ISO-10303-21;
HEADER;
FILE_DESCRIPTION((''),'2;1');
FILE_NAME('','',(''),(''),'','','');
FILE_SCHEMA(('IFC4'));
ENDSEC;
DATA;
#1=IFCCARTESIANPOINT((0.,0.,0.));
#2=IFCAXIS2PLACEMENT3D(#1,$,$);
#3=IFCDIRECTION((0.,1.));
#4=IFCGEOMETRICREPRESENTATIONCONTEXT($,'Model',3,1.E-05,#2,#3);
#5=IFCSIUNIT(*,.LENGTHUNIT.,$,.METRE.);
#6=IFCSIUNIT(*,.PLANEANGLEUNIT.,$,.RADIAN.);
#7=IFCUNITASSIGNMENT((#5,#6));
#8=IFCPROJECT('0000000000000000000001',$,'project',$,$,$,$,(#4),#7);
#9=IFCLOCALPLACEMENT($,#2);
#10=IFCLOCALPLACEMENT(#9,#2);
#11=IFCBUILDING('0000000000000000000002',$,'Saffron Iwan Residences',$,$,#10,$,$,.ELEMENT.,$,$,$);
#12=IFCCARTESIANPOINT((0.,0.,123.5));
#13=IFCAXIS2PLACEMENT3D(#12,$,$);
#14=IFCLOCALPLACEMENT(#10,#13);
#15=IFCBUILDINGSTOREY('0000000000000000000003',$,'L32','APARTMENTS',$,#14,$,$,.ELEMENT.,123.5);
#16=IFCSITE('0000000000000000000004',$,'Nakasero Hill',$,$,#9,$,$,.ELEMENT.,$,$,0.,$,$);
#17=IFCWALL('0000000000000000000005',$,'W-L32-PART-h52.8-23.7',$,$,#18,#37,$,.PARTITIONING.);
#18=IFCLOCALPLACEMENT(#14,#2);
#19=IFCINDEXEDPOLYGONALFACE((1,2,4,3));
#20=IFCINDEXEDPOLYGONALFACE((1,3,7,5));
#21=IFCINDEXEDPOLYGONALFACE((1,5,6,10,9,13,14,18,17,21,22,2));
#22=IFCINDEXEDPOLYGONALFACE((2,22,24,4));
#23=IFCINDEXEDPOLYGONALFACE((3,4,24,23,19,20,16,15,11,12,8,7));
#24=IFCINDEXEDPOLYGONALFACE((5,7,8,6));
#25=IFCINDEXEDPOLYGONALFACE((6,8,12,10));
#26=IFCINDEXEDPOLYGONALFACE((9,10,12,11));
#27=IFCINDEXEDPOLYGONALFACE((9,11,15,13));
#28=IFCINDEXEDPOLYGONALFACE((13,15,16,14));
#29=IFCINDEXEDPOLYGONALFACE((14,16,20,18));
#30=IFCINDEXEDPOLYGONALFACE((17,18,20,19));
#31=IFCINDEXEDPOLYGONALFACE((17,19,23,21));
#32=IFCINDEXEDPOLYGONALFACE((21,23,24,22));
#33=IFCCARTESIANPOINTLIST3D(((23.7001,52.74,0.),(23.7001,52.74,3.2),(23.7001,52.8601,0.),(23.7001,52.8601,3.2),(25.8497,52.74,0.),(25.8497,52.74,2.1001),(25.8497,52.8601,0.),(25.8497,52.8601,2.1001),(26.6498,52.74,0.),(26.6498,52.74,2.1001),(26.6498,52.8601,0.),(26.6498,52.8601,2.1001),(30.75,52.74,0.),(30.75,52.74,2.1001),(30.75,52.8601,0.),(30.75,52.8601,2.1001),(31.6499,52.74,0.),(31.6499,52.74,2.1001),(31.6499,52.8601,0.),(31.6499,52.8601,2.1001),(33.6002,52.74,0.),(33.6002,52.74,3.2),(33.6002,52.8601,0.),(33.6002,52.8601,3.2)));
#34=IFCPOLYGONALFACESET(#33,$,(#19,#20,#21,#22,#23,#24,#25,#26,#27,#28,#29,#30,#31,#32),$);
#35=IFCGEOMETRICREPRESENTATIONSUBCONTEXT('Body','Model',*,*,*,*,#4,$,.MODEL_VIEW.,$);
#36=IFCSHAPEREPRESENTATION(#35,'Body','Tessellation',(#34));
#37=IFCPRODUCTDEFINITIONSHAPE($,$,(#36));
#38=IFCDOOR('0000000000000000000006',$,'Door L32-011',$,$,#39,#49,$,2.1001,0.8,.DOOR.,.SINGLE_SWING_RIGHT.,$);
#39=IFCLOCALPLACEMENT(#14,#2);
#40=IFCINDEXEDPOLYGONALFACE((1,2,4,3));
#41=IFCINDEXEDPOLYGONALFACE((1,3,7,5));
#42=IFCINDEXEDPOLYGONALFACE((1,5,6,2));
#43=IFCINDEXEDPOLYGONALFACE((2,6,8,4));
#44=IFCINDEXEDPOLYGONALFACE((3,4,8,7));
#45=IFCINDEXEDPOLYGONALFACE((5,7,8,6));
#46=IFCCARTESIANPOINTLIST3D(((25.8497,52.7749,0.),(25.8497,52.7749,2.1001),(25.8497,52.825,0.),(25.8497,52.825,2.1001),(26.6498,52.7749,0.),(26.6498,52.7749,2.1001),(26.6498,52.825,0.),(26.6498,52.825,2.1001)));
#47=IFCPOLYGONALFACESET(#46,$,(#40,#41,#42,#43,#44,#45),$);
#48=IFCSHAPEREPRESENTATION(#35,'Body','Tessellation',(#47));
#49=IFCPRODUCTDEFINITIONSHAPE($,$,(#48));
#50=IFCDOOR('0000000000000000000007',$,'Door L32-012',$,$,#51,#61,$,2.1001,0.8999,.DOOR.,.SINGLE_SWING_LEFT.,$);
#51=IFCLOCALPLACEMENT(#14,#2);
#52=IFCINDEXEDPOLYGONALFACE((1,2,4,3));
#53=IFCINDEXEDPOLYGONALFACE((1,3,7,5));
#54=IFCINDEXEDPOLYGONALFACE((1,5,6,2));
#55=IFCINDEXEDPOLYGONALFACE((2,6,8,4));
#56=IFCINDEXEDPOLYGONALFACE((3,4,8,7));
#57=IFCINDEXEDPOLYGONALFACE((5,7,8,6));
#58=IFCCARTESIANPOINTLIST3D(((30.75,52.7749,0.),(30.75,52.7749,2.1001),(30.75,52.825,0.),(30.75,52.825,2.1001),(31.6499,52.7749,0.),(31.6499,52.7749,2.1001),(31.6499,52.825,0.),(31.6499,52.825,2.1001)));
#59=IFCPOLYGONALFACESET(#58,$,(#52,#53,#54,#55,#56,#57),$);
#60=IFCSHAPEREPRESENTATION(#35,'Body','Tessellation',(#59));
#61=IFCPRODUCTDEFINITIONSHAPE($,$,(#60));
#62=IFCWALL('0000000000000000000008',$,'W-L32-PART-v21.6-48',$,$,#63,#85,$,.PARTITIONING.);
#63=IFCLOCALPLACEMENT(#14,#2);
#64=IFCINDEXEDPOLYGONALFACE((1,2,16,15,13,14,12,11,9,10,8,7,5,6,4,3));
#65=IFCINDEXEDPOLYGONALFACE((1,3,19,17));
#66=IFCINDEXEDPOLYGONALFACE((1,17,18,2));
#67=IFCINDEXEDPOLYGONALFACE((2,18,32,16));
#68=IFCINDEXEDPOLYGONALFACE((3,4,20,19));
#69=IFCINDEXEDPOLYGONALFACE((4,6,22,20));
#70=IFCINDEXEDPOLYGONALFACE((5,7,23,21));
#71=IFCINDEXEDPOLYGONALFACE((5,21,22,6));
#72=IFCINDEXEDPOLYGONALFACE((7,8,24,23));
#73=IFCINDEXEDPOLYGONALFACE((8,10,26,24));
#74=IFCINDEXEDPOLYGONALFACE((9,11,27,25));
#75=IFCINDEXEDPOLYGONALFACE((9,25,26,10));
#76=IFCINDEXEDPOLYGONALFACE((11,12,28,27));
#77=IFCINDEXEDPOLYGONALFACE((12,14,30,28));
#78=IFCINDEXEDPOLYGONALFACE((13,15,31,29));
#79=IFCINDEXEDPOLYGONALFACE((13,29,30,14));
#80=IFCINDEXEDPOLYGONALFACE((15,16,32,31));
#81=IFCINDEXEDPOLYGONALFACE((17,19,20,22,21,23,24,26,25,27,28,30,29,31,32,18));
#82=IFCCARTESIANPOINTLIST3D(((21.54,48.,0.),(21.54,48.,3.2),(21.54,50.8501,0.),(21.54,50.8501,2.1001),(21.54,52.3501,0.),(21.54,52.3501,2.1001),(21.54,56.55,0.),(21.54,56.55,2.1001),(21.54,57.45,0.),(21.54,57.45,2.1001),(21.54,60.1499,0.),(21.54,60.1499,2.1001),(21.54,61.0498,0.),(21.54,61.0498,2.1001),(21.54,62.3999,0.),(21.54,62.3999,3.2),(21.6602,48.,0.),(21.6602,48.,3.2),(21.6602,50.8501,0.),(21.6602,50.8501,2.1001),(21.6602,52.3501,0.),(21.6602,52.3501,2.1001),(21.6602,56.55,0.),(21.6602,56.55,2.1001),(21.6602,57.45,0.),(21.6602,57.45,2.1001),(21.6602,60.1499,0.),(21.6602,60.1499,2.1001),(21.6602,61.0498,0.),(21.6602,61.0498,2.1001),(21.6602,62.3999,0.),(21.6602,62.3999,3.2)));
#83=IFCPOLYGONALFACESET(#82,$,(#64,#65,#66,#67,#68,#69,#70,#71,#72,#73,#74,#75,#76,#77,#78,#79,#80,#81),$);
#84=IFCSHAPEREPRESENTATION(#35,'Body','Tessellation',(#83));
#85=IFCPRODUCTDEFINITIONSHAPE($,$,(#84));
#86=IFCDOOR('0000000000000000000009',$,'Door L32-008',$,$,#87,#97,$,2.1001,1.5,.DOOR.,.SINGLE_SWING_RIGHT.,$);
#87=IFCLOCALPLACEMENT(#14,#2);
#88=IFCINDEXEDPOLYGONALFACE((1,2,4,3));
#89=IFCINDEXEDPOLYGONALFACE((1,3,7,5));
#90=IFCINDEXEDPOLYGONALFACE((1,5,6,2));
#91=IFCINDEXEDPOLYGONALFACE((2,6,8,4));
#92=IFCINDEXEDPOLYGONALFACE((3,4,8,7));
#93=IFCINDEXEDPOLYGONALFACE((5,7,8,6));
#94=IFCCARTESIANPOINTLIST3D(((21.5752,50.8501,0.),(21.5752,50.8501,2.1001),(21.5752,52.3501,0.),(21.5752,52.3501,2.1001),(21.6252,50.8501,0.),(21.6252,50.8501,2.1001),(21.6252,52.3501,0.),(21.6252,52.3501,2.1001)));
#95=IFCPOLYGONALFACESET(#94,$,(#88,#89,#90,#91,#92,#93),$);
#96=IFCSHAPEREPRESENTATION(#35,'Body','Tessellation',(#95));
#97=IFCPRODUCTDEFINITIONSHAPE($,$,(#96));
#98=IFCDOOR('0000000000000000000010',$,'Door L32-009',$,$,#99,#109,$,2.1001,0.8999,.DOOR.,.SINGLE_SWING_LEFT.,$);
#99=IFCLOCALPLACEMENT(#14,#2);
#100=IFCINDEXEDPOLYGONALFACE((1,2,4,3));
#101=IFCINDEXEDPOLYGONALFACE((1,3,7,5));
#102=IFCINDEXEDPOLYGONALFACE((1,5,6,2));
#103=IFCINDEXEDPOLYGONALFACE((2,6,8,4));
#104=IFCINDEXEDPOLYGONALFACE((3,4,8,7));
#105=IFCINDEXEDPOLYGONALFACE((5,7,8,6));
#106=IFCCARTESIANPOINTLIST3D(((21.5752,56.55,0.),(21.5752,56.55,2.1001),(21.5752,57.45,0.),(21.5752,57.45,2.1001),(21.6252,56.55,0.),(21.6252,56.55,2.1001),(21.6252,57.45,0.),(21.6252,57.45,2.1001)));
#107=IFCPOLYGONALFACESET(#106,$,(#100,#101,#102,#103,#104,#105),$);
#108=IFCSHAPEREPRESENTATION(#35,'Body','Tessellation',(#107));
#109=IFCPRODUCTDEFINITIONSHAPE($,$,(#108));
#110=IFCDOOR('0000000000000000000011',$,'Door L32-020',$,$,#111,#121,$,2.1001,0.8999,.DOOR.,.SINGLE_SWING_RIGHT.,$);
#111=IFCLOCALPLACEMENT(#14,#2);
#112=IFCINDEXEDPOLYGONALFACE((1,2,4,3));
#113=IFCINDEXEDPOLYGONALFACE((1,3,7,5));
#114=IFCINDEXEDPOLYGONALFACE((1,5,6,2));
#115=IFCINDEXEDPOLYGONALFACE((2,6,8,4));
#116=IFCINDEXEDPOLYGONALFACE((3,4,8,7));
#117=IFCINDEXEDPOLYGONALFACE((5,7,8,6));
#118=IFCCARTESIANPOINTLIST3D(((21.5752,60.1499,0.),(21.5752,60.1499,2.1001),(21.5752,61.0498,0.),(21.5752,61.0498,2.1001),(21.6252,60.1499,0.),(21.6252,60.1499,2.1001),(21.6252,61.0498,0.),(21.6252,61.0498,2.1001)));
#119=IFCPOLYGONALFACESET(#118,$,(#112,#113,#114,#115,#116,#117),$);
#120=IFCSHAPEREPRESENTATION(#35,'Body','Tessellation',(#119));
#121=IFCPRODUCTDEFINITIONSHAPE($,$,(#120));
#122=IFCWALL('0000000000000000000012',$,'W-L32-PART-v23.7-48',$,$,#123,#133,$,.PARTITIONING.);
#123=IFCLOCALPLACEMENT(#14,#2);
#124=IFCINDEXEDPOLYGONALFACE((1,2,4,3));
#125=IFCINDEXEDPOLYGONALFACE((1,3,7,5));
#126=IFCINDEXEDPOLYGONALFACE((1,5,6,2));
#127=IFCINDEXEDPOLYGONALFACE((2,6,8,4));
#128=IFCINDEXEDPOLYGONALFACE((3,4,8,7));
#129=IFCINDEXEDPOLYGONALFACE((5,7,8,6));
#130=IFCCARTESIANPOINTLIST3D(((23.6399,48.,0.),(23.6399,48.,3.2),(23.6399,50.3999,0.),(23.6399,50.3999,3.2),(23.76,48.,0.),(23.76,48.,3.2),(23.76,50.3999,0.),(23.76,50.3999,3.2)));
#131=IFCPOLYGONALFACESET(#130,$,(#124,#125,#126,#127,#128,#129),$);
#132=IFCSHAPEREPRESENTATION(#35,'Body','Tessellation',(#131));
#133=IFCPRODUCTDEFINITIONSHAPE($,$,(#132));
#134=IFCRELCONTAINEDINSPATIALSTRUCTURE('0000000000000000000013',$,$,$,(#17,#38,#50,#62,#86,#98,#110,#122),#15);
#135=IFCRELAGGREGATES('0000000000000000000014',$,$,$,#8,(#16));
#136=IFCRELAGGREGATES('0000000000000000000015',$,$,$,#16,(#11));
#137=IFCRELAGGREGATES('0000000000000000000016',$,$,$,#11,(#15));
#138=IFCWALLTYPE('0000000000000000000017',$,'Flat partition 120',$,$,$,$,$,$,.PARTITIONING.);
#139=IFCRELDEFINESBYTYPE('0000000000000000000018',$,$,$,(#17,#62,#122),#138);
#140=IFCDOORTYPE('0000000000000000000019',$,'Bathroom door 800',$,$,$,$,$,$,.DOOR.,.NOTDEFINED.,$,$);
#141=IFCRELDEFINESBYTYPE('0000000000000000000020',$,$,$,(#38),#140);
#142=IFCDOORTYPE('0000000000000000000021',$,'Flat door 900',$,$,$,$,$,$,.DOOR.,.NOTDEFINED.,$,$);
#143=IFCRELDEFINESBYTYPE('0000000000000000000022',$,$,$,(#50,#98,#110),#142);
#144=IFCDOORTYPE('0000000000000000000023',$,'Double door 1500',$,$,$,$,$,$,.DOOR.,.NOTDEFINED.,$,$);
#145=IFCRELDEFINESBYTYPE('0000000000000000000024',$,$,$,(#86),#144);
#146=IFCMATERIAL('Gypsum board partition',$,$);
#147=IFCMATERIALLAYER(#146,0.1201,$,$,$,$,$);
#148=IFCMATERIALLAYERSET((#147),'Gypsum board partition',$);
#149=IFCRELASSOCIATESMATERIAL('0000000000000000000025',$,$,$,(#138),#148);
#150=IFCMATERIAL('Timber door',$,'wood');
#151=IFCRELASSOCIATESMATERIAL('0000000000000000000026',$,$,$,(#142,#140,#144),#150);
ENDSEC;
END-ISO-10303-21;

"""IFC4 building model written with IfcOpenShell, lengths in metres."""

from ifc_helpers import new_model, si_unit, direction, frame, frame_2d, origin, place, context, subcontext, project, spatial, rectangle, extrude, material, layer, layer_set, type_object, element, fill, save


model = new_model("IFC4")

# Units and contexts
model_context = context("Model", 3, precision=1e-05, world=origin(), true_north=direction((0.0, 1.0)))
body_context = subcontext(model_context, "Body", "Model", "MODEL_VIEW")
ifc_project = project(units=[si_unit("LENGTHUNIT", "METRE"), si_unit("PLANEANGLEUNIT", "RADIAN")], contexts=[model_context])

# Site, building, storey
site_placement = place(None, origin())
site = spatial("IfcSite", under=ifc_project, at=site_placement, Name="Nakasero Hill", CompositionType="ELEMENT", RefElevation=0.0)
building_placement = place(site_placement, origin())
building = spatial("IfcBuilding", under=site, at=building_placement, Name="Saffron Iwan Residences", CompositionType="ELEMENT")
storey_placement = place(building_placement, frame((0.0, 0.0, 123.5)))
storey = spatial("IfcBuildingStorey", under=building, at=storey_placement, Name="L32", Description="APARTMENTS", CompositionType="ELEMENT", Elevation=123.5)

# Shared definitions
ifc_material_1 = material(Name="Gypsum board partition")
ifc_layer_1 = layer(ifc_material_1, 0.1201)
ifc_layer_set_1 = layer_set([ifc_layer_1], Name="Gypsum board partition")
wall_type_1 = type_object("IfcWallType", Name="Flat partition 120", PredefinedType="PARTITIONING", material=ifc_layer_set_1)

# Shared definitions
ifc_material_2 = material(Name="Timber door", Category="wood")
door_type_1 = type_object("IfcDoorType", Name="Flat door 900", OperationType="NOTDEFINED", PredefinedType="DOOR", material=ifc_material_2)

# Walls, openings, doors
wall_1_placement = place(storey_placement, frame((23.7, 52.8, 0.0), z_axis=(0.0, 0.0, 1.0), x_axis=(1.0, 0.0, 0.0)))
wall_1 = element("IfcWall", 1, at=wall_1_placement, inside=storey, type_object=wall_type_1, Name="W-L32-PART-h52.8-23.7", PredefinedType="PARTITIONING", context=body_context, shape_type="SweptSolid", body=[
    extrude(rectangle(XDim=9.9001, YDim=0.1201, at=frame_2d((4.9502, 0.0))), origin(), (0.0, 0.0, 1.0), 3.2),
])
opening_1_placement = place(wall_1_placement, frame((2.1499, 0.0, 0.0)))
opening_1 = element("IfcOpeningElement", 2, at=opening_1_placement, cuts=wall_1, PredefinedType="OPENING", context=body_context, shape_type="SweptSolid", body=[
    extrude(rectangle(XDim=0.8, YDim=2.1001, at=frame_2d((0.3999, 1.05))), frame((0.0, 0.0701, 0.0), z_axis=(0.0, -1.0, 0.0), x_axis=(1.0, 0.0, 0.0)), (0.0, 0.0, 1.0), 0.1401),
])
opening_2_placement = place(wall_1_placement, frame((7.05, 0.0, 0.0)))
opening_2 = element("IfcOpeningElement", 3, at=opening_2_placement, cuts=wall_1, PredefinedType="OPENING", context=body_context, shape_type="SweptSolid", body=[
    extrude(rectangle(XDim=0.8999, YDim=2.1001, at=frame_2d((0.45, 1.05))), frame((0.0, 0.0701, 0.0), z_axis=(0.0, -1.0, 0.0), x_axis=(1.0, 0.0, 0.0)), (0.0, 0.0, 1.0), 0.1401),
])
door_type_2 = type_object("IfcDoorType", Name="Bathroom door 800", OperationType="NOTDEFINED", PredefinedType="DOOR", material=ifc_material_2)
door_1_placement = place(opening_1_placement, origin())
door_1 = element("IfcDoor", 4, at=door_1_placement, inside=storey, type_object=door_type_2, Name="Door L32-011", OperationType="SINGLE_SWING_RIGHT", OverallHeight=2.1001, OverallWidth=0.8, PredefinedType="DOOR", context=body_context, shape_type="SweptSolid", body=[
    extrude(rectangle(XDim=0.8, YDim=2.1001, at=frame_2d((0.3999, 1.05))), frame((0.0, 0.0249, 0.0), z_axis=(0.0, -1.0, 0.0), x_axis=(1.0, 0.0, 0.0)), (0.0, 0.0, 1.0), 0.05),
])
fill(opening_1, door_1)
door_2_placement = place(opening_2_placement, origin())
door_2 = element("IfcDoor", 5, at=door_2_placement, inside=storey, type_object=door_type_1, Name="Door L32-012", OperationType="SINGLE_SWING_LEFT", OverallHeight=2.1001, OverallWidth=0.8999, PredefinedType="DOOR", context=body_context, shape_type="SweptSolid", body=[
    extrude(rectangle(XDim=0.8999, YDim=2.1001, at=frame_2d((0.45, 1.05))), frame((0.0, 0.0249, 0.0), z_axis=(0.0, -1.0, 0.0), x_axis=(1.0, 0.0, 0.0)), (0.0, 0.0, 1.0), 0.05),
])
fill(opening_2, door_2)
wall_2_placement = place(storey_placement, frame((21.6001, 48.0, 0.0), z_axis=(0.0, 0.0, 1.0), x_axis=(0.0, 1.0, 0.0)))
wall_2 = element("IfcWall", 6, at=wall_2_placement, inside=storey, type_object=wall_type_1, Name="W-L32-PART-v21.6-48", PredefinedType="PARTITIONING", context=body_context, shape_type="SweptSolid", body=[
    extrude(rectangle(XDim=14.3999, YDim=0.1201, at=frame_2d((7.2, 0.0))), origin(), (0.0, 0.0, 1.0), 3.2),
])
opening_3_placement = place(wall_2_placement, frame((2.8501, 0.0, 0.0)))
opening_3 = element("IfcOpeningElement", 7, at=opening_3_placement, cuts=wall_2, PredefinedType="OPENING", context=body_context, shape_type="SweptSolid", body=[
    extrude(rectangle(XDim=1.5, YDim=2.1001, at=frame_2d((0.75, 1.05))), frame((0.0, 0.0701, 0.0), z_axis=(0.0, -1.0, 0.0), x_axis=(1.0, 0.0, 0.0)), (0.0, 0.0, 1.0), 0.1401),
])
opening_4_placement = place(wall_2_placement, frame((8.55, 0.0, 0.0)))
opening_4 = element("IfcOpeningElement", 8, at=opening_4_placement, cuts=wall_2, PredefinedType="OPENING", context=body_context, shape_type="SweptSolid", body=[
    extrude(rectangle(XDim=0.8999, YDim=2.1001, at=frame_2d((0.45, 1.05))), frame((0.0, 0.0701, 0.0), z_axis=(0.0, -1.0, 0.0), x_axis=(1.0, 0.0, 0.0)), (0.0, 0.0, 1.0), 0.1401),
])
opening_5_placement = place(wall_2_placement, frame((12.1499, 0.0, 0.0)))
opening_5 = element("IfcOpeningElement", 9, at=opening_5_placement, cuts=wall_2, PredefinedType="OPENING", context=body_context, shape_type="SweptSolid", body=[
    extrude(rectangle(XDim=0.8999, YDim=2.1001, at=frame_2d((0.45, 1.05))), frame((0.0, 0.0701, 0.0), z_axis=(0.0, -1.0, 0.0), x_axis=(1.0, 0.0, 0.0)), (0.0, 0.0, 1.0), 0.1401),
])
door_type_3 = type_object("IfcDoorType", Name="Double door 1500", OperationType="NOTDEFINED", PredefinedType="DOOR", material=ifc_material_2)
door_3_placement = place(opening_3_placement, origin())
door_3 = element("IfcDoor", 10, at=door_3_placement, inside=storey, type_object=door_type_3, Name="Door L32-008", OperationType="SINGLE_SWING_RIGHT", OverallHeight=2.1001, OverallWidth=1.5, PredefinedType="DOOR", context=body_context, shape_type="SweptSolid", body=[
    extrude(rectangle(XDim=1.5, YDim=2.1001, at=frame_2d((0.75, 1.05))), frame((0.0, 0.0249, 0.0), z_axis=(0.0, -1.0, 0.0), x_axis=(1.0, 0.0, 0.0)), (0.0, 0.0, 1.0), 0.05),
])
fill(opening_3, door_3)
door_4_placement = place(opening_4_placement, origin())
door_4 = element("IfcDoor", 11, at=door_4_placement, inside=storey, type_object=door_type_1, Name="Door L32-009", OperationType="SINGLE_SWING_LEFT", OverallHeight=2.1001, OverallWidth=0.8999, PredefinedType="DOOR", context=body_context, shape_type="SweptSolid", body=[
    extrude(rectangle(XDim=0.8999, YDim=2.1001, at=frame_2d((0.45, 1.05))), frame((0.0, 0.0249, 0.0), z_axis=(0.0, -1.0, 0.0), x_axis=(1.0, 0.0, 0.0)), (0.0, 0.0, 1.0), 0.05),
])
fill(opening_4, door_4)
door_5_placement = place(opening_5_placement, origin())
door_5 = element("IfcDoor", 12, at=door_5_placement, inside=storey, type_object=door_type_1, Name="Door L32-020", OperationType="SINGLE_SWING_RIGHT", OverallHeight=2.1001, OverallWidth=0.8999, PredefinedType="DOOR", context=body_context, shape_type="SweptSolid", body=[
    extrude(rectangle(XDim=0.8999, YDim=2.1001, at=frame_2d((0.45, 1.05))), frame((0.0, 0.0249, 0.0), z_axis=(0.0, -1.0, 0.0), x_axis=(1.0, 0.0, 0.0)), (0.0, 0.0, 1.0), 0.05),
])
fill(opening_5, door_5)

# Wall
wall_3_placement = place(storey_placement, frame((23.7, 48.0, 0.0), z_axis=(0.0, 0.0, 1.0), x_axis=(0.0, 1.0, 0.0)))
element("IfcWall", 13, at=wall_3_placement, inside=storey, type_object=wall_type_1, Name="W-L32-PART-v23.7-48", PredefinedType="PARTITIONING", context=body_context, shape_type="SweptSolid", body=[
    extrude(rectangle(XDim=2.3999, YDim=0.1201, at=frame_2d((1.2, 0.0))), origin(), (0.0, 0.0, 1.0), 3.2),
])

save(model, "model.ifc")
